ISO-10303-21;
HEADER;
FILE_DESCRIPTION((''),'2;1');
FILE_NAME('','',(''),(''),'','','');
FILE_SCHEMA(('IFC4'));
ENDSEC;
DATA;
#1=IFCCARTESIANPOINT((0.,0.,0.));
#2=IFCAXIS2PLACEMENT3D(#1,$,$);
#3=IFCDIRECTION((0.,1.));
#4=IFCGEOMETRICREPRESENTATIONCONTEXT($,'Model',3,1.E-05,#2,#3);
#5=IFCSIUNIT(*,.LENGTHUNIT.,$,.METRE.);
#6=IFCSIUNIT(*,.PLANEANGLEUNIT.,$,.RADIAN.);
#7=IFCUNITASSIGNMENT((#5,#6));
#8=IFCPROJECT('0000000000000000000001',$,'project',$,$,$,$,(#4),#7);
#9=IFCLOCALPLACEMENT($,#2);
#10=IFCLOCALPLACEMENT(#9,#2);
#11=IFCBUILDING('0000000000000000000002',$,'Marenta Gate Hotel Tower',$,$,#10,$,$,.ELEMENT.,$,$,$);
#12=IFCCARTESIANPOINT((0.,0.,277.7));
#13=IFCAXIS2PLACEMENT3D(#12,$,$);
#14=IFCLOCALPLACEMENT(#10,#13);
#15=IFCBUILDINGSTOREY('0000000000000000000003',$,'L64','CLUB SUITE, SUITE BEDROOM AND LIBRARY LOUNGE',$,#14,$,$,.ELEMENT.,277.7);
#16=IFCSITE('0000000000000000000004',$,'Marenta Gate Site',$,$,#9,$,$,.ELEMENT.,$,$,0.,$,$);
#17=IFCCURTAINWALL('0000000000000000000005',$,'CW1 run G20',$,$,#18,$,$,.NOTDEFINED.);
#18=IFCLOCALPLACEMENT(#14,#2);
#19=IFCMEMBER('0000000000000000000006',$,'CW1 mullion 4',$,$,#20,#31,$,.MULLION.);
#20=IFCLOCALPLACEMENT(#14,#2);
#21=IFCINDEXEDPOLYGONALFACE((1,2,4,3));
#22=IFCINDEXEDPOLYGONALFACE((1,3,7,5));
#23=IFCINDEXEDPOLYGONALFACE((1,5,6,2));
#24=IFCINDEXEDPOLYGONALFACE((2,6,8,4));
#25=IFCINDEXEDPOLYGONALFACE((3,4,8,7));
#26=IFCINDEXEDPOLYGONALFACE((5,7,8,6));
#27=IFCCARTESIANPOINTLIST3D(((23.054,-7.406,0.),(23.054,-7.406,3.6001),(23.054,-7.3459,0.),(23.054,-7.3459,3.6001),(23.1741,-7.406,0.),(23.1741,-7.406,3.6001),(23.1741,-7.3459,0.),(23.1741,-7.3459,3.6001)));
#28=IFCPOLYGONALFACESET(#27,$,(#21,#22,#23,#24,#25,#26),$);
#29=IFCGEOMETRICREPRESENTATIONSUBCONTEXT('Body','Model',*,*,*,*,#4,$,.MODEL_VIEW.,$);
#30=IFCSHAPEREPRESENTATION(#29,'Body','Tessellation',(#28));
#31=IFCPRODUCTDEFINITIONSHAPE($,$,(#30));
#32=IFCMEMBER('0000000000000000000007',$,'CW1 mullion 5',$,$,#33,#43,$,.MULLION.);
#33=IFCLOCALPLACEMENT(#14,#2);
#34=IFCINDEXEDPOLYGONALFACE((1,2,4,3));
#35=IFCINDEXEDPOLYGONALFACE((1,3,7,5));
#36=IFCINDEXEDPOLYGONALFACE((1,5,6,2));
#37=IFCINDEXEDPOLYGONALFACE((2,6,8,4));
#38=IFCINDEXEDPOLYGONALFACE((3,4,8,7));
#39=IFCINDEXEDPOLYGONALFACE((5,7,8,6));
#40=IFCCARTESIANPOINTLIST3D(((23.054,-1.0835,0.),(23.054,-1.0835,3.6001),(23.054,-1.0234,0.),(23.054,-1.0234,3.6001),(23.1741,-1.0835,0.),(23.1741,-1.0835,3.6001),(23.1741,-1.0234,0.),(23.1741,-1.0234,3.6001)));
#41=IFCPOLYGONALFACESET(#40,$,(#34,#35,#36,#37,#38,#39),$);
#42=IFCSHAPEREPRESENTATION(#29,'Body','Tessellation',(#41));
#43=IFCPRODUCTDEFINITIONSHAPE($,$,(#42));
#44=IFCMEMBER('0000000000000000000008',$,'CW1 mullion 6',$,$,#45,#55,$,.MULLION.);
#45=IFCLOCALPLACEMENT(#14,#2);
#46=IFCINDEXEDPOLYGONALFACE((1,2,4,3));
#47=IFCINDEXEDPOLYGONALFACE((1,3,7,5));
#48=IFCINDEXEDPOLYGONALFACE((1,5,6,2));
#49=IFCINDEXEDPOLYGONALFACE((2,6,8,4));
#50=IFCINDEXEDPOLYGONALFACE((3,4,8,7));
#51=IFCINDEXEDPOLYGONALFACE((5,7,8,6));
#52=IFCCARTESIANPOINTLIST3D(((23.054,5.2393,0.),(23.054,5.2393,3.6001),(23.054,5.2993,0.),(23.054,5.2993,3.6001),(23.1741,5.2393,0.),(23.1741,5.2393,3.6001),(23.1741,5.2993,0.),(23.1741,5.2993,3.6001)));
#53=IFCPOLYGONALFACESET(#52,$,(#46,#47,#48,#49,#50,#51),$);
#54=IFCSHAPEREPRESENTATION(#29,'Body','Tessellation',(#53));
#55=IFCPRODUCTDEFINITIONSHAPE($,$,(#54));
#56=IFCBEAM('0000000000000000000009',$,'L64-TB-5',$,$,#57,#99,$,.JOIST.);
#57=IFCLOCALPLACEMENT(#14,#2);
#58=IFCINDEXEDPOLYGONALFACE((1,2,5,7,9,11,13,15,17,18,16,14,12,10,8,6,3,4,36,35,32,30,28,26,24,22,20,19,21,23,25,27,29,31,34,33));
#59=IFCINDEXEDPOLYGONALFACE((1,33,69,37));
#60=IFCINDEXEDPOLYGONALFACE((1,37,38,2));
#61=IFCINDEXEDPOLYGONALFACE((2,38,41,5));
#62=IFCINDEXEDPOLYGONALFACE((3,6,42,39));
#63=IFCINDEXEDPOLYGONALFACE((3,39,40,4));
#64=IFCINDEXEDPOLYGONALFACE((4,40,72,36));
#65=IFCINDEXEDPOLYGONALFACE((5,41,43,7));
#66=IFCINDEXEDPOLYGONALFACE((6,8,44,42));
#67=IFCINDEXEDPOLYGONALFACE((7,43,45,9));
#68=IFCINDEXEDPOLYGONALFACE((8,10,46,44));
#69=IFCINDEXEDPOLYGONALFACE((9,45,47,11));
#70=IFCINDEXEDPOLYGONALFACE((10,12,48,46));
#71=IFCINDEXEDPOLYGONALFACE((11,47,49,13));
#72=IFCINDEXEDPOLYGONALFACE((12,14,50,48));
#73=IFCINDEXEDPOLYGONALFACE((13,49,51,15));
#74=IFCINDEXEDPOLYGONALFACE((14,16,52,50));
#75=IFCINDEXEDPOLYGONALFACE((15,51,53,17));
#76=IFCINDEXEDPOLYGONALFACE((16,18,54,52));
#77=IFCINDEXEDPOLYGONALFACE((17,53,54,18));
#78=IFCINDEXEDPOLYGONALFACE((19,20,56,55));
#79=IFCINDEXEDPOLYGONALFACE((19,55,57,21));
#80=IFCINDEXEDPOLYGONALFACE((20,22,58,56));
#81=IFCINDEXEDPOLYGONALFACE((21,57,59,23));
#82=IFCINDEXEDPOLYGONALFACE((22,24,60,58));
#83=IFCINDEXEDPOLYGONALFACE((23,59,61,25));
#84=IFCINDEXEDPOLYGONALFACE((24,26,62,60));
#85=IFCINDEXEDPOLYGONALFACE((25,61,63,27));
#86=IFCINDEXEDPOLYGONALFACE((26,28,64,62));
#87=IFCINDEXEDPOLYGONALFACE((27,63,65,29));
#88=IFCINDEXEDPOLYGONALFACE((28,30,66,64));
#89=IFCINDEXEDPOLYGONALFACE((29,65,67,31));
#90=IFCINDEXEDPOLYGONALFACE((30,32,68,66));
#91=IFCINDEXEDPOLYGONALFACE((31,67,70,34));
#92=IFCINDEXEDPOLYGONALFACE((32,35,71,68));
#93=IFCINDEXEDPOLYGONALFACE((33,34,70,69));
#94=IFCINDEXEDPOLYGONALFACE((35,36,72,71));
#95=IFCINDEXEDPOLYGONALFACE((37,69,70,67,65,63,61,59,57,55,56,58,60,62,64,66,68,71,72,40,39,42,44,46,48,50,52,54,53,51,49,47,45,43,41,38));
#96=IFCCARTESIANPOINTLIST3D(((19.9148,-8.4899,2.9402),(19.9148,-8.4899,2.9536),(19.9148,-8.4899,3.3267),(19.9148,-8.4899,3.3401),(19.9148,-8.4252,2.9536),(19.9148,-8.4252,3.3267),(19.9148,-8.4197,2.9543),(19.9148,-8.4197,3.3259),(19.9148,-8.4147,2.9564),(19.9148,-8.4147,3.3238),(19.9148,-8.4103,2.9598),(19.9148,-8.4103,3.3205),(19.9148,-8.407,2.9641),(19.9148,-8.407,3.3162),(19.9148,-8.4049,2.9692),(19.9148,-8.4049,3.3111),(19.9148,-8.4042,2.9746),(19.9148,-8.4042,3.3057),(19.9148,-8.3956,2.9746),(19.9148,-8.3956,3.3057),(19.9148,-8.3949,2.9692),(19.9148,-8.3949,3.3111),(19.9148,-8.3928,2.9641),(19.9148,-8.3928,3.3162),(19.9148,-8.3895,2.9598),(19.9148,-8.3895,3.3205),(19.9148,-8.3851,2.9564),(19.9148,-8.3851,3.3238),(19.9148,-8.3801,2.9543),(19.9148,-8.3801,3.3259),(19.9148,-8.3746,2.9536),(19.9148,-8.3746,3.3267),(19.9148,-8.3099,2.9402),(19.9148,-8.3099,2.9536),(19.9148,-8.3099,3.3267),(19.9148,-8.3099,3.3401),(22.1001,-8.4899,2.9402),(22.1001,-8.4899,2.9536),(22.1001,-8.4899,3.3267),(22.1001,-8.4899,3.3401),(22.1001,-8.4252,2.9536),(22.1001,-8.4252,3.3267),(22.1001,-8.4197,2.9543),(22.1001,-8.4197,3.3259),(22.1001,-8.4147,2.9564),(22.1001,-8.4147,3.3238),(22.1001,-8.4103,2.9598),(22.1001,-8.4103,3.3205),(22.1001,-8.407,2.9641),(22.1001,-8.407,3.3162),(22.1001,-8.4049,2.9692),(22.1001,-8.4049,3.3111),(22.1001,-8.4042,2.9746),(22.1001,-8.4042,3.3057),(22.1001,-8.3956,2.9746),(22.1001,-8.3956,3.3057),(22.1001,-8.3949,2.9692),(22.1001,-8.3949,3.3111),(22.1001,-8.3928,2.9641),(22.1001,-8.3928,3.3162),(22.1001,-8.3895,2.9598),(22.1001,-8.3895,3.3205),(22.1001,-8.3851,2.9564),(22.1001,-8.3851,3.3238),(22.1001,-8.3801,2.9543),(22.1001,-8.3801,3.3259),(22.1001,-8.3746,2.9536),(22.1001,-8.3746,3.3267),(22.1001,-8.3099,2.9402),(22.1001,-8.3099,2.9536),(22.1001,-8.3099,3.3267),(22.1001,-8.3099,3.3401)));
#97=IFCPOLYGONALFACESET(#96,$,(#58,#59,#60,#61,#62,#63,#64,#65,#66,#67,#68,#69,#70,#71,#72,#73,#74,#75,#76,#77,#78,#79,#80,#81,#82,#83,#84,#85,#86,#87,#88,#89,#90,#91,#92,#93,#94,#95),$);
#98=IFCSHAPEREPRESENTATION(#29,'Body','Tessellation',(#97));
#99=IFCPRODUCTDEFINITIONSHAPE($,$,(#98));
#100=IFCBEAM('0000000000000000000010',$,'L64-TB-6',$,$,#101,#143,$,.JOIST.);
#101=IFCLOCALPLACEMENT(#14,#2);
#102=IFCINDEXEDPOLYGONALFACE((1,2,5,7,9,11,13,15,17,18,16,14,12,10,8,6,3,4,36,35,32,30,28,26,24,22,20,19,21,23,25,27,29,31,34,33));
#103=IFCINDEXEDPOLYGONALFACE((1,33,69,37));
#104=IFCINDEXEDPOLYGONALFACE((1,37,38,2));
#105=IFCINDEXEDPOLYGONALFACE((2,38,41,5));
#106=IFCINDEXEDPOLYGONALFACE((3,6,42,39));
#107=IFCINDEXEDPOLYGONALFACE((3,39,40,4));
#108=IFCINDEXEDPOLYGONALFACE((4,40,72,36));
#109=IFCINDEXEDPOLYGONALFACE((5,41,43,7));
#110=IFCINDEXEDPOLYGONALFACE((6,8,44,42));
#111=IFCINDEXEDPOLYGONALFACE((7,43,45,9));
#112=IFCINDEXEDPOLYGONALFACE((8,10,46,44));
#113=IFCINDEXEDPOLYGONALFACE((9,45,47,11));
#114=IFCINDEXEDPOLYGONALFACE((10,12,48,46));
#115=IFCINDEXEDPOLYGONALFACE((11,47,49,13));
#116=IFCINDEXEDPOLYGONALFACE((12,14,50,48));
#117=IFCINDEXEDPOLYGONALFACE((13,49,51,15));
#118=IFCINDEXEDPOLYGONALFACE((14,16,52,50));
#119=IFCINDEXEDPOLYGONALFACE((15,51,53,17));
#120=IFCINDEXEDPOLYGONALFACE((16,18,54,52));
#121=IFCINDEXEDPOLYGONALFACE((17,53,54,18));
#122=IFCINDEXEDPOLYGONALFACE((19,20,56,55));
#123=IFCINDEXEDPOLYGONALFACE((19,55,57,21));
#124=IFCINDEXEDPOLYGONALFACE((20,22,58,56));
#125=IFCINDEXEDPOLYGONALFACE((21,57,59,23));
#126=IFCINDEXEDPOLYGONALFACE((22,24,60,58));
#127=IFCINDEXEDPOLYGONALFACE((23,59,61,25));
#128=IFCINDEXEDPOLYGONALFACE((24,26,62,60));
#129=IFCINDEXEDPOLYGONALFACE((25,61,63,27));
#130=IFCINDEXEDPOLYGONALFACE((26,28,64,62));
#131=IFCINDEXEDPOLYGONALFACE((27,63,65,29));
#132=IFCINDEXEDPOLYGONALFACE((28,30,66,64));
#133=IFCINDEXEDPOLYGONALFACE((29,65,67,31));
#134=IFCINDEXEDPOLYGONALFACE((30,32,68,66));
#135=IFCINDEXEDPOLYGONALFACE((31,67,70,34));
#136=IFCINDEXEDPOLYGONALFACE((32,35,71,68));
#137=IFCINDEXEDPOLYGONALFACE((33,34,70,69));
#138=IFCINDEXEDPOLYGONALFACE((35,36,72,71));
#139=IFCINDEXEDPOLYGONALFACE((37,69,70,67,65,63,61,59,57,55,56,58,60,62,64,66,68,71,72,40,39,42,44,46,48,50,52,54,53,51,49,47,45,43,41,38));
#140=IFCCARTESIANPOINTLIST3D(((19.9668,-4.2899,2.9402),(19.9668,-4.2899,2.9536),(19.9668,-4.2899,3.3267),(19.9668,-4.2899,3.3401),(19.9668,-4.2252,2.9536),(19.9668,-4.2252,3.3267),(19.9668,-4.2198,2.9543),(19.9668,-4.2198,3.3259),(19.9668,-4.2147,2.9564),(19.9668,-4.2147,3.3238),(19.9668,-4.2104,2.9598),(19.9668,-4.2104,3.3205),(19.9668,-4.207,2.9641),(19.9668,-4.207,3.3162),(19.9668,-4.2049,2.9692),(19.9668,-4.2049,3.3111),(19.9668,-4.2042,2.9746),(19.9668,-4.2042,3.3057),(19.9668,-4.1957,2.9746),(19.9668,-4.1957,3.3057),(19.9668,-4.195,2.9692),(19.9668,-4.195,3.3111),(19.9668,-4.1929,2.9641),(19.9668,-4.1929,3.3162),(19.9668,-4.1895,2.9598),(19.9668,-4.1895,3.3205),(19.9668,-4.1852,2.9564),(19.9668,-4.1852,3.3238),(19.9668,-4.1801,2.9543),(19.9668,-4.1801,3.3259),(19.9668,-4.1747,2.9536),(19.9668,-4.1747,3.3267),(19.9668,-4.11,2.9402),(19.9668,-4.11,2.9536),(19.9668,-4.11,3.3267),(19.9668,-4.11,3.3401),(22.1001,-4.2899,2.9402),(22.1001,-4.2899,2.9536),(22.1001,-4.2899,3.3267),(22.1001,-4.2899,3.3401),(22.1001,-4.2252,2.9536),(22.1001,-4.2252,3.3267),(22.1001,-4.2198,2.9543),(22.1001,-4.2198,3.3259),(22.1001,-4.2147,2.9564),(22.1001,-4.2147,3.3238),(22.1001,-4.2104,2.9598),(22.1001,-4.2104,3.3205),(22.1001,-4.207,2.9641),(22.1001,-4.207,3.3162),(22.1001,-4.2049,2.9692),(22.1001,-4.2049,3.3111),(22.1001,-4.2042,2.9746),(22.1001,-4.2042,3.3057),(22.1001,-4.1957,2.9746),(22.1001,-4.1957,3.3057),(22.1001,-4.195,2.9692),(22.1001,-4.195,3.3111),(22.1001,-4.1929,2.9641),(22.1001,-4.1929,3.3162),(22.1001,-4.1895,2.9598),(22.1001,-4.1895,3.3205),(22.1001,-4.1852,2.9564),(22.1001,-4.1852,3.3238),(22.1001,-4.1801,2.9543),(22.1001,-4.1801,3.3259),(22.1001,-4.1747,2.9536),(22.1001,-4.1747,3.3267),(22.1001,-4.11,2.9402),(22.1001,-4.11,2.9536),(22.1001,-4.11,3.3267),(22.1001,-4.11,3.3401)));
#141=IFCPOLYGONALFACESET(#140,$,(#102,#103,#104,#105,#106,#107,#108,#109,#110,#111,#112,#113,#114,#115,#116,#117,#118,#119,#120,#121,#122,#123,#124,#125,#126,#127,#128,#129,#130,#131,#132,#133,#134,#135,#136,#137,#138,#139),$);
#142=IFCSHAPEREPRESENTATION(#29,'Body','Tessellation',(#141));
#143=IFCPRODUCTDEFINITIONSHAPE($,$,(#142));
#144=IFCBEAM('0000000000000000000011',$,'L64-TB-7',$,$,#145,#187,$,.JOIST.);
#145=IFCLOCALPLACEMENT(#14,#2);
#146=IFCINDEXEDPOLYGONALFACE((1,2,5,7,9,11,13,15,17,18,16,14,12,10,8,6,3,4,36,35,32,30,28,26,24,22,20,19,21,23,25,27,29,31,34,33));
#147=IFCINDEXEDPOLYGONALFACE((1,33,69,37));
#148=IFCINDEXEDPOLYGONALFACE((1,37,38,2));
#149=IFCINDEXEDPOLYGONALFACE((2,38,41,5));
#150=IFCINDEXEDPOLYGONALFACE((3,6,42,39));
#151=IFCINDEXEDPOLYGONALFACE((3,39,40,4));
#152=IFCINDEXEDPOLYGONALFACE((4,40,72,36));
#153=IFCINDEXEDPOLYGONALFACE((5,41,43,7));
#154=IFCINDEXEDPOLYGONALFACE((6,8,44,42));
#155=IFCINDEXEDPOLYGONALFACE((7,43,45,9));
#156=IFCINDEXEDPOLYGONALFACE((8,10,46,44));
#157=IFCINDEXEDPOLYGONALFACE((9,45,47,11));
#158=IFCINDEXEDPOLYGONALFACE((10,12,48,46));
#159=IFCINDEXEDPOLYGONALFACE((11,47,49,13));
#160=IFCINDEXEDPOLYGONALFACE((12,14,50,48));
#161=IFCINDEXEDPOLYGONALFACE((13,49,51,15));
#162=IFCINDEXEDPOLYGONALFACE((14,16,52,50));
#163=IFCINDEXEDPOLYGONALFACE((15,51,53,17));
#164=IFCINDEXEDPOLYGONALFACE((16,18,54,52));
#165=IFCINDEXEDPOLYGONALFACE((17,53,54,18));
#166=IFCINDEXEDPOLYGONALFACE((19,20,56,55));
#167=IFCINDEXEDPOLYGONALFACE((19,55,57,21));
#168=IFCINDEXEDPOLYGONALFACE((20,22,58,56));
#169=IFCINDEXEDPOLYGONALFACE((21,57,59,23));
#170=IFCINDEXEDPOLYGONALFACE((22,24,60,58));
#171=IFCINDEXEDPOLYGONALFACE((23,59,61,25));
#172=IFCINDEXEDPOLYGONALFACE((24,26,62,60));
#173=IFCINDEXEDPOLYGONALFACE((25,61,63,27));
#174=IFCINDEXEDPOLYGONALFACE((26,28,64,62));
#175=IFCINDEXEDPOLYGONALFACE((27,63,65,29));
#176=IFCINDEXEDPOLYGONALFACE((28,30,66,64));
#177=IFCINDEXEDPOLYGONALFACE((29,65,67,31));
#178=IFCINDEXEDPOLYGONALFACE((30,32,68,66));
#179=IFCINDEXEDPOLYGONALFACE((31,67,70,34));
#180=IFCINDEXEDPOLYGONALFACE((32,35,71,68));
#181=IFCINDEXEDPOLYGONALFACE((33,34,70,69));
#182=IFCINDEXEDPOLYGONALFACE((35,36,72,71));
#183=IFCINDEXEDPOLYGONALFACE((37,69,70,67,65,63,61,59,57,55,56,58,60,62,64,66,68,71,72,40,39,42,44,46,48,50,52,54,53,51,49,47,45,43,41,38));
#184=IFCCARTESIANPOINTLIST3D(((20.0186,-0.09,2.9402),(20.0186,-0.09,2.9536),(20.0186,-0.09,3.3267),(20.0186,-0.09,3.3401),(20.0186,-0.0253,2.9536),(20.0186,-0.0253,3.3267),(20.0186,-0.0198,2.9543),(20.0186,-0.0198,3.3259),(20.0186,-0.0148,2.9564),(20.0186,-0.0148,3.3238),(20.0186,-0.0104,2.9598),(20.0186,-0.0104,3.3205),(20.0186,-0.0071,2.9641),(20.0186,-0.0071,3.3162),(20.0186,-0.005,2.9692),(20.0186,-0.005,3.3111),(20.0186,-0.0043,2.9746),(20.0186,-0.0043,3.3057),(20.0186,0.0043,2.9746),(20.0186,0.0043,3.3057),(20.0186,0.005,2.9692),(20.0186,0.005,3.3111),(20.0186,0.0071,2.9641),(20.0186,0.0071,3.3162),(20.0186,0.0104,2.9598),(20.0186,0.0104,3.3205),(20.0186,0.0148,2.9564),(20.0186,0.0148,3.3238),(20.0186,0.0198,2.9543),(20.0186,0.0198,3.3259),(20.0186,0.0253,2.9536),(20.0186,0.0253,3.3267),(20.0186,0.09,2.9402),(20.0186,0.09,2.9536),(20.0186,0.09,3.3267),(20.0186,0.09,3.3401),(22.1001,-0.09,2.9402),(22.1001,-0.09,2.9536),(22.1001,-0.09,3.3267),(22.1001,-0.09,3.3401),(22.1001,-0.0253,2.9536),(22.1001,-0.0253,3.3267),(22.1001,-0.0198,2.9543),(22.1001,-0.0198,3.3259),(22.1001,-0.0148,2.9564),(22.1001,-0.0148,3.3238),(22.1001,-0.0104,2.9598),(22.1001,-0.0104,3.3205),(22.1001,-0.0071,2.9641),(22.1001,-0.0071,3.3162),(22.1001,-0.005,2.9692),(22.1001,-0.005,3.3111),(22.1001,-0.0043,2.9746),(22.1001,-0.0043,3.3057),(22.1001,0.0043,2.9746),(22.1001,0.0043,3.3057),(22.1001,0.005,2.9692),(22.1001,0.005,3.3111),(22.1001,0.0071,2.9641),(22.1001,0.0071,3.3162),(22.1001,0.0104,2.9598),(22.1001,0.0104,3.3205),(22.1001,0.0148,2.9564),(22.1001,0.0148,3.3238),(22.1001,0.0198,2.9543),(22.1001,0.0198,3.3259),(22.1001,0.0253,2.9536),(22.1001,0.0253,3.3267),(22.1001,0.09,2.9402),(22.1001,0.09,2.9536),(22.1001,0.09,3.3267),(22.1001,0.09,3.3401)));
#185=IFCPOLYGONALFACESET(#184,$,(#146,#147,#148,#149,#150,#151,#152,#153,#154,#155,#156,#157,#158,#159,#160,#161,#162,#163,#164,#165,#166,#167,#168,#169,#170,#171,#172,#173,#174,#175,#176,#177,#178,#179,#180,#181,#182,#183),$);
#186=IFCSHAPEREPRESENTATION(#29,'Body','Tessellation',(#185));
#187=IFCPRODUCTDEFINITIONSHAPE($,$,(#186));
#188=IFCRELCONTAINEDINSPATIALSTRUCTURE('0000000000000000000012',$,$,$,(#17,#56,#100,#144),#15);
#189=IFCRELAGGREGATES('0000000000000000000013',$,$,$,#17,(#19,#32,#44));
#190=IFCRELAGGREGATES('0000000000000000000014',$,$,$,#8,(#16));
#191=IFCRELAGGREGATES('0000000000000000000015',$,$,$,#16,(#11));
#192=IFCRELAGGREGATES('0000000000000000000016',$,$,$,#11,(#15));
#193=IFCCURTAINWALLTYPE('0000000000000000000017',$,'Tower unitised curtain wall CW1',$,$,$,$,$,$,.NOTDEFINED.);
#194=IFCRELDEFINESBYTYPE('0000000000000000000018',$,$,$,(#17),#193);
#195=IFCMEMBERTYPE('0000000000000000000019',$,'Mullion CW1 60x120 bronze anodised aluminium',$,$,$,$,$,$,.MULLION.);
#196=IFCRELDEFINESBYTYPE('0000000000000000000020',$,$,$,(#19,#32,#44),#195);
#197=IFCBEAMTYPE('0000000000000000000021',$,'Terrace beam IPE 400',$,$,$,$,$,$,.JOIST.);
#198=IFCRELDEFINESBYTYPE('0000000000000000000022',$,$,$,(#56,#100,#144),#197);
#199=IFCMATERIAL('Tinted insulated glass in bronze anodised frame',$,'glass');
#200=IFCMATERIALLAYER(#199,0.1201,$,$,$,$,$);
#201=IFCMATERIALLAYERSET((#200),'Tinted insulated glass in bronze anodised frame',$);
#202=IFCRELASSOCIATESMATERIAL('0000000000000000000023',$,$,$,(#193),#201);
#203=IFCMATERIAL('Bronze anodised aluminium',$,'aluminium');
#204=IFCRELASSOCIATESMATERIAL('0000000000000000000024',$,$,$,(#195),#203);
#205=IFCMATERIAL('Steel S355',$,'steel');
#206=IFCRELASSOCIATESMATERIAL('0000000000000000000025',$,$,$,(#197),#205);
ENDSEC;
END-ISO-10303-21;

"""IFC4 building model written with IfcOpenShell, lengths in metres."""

from ifc_helpers import new_model, si_unit, direction, frame, origin, origin_2d, place, context, subcontext, project, spatial, rectangle, i_section, extrude, material, layer, layer_set, material_profile, profile_set, type_object, element, aggregate, save


model = new_model("IFC4")

# Units and contexts
model_context = context("Model", 3, precision=1e-05, world=origin(), true_north=direction((0.0, 1.0)))
body_context = subcontext(model_context, "Body", "Model", "MODEL_VIEW")
ifc_project = project(units=[si_unit("LENGTHUNIT", "METRE"), si_unit("PLANEANGLEUNIT", "RADIAN")], contexts=[model_context])

# Site, building, storey
site_placement = place(None, origin())
site = spatial("IfcSite", under=ifc_project, at=site_placement, Name="Marenta Gate Site", CompositionType="ELEMENT", RefElevation=0.0)
building_placement = place(site_placement, origin())
building = spatial("IfcBuilding", under=site, at=building_placement, Name="Marenta Gate Hotel Tower", CompositionType="ELEMENT")
storey_placement = place(building_placement, frame((0.0, 0.0, 277.7)))
storey = spatial("IfcBuildingStorey", under=building, at=storey_placement, Name="L64", Description="CLUB SUITE, SUITE BEDROOM AND LIBRARY LOUNGE", CompositionType="ELEMENT", Elevation=277.7)

# Curtain wall, members
ifc_material_1 = material(Name="Tinted insulated glass in bronze anodised frame", Category="glass")
ifc_layer_1 = layer(ifc_material_1, 0.1201)
ifc_layer_set_1 = layer_set([ifc_layer_1], Name="Tinted insulated glass in bronze anodised frame")
curtain_wall_type = type_object("IfcCurtainWallType", Name="Tower unitised curtain wall CW1", PredefinedType="NOTDEFINED", material=ifc_layer_set_1)
curtain_wall_placement = place(storey_placement, origin())
curtain_wall = element("IfcCurtainWall", 1, at=curtain_wall_placement, inside=storey, type_object=curtain_wall_type, Name="CW1 run G20", PredefinedType="NOTDEFINED")
ifc_material_2 = material(Name="Bronze anodised aluminium", Category="aluminium")
ifc_material_profile_1 = material_profile(ifc_material_2, rectangle(XDim=0.1201, YDim=0.0601, at=origin_2d()), Name="Mullion CW1 60x120 bronze anodised aluminium")
ifc_profile_set_1 = profile_set([ifc_material_profile_1], Name="Bronze anodised aluminium")
member_type_1 = type_object("IfcMemberType", Name="Mullion CW1 60x120 bronze anodised aluminium", PredefinedType="MULLION", material=ifc_profile_set_1)
member_1_placement = place(storey_placement, frame((23.114, -7.376, 0.0), z_axis=(0.0, 0.0, 1.0), x_axis=(-1.0, 0.0, 0.0)))
member_1 = element("IfcMember", 2, at=member_1_placement, type_object=member_type_1, Name="CW1 mullion 4", PredefinedType="MULLION", context=body_context, shape_type="SweptSolid", body=[
    extrude(rectangle(XDim=0.1201, YDim=0.0601, at=origin_2d()), origin(), (0.0, 0.0, 1.0), 3.6001),
])
member_2_placement = place(storey_placement, frame((23.114, -1.0535, 0.0), z_axis=(0.0, 0.0, 1.0), x_axis=(-1.0, 0.0, 0.0)))
member_2 = element("IfcMember", 3, at=member_2_placement, type_object=member_type_1, Name="CW1 mullion 5", PredefinedType="MULLION", context=body_context, shape_type="SweptSolid", body=[
    extrude(rectangle(XDim=0.1201, YDim=0.0601, at=origin_2d()), origin(), (0.0, 0.0, 1.0), 3.6001),
])
member_3_placement = place(storey_placement, frame((23.114, 5.2693, 0.0), z_axis=(0.0, 0.0, 1.0), x_axis=(-1.0, 0.0, 0.0)))
member_3 = element("IfcMember", 4, at=member_3_placement, type_object=member_type_1, Name="CW1 mullion 6", PredefinedType="MULLION", context=body_context, shape_type="SweptSolid", body=[
    extrude(rectangle(XDim=0.1201, YDim=0.0601, at=origin_2d()), origin(), (0.0, 0.0, 1.0), 3.6001),
])

# Beams
ifc_material_3 = material(Name="Steel S355", Category="steel")
ifc_material_profile_2 = material_profile(ifc_material_3, i_section(OverallWidth=0.1799, OverallDepth=0.3999, WebThickness=0.0085, FlangeThickness=0.0134, FilletRadius=0.021, at=origin_2d()), Name="IPE 400")
ifc_profile_set_2 = profile_set([ifc_material_profile_2], Name="Steel S355")
beam_type_1 = type_object("IfcBeamType", Name="Terrace beam IPE 400", PredefinedType="JOIST", material=ifc_profile_set_2)
beam_1_placement = place(storey_placement, frame((19.9148, -8.3999, 3.1401), z_axis=(1.0, 0.0, 0.0), x_axis=(0.0, 1.0, 0.0)))
element("IfcBeam", 5, at=beam_1_placement, inside=storey, type_object=beam_type_1, Name="L64-TB-5", PredefinedType="JOIST", context=body_context, shape_type="SweptSolid", body=[
    extrude(i_section(OverallWidth=0.1799, OverallDepth=0.3999, WebThickness=0.0085, FlangeThickness=0.0134, FilletRadius=0.021, at=origin_2d()), origin(), (0.0, 0.0, 1.0), 2.1853),
])
beam_2_placement = place(storey_placement, frame((19.9668, -4.2, 3.1401), z_axis=(1.0, 0.0, 0.0), x_axis=(0.0, 1.0, 0.0)))
element("IfcBeam", 6, at=beam_2_placement, inside=storey, type_object=beam_type_1, Name="L64-TB-6", PredefinedType="JOIST", context=body_context, shape_type="SweptSolid", body=[
    extrude(i_section(OverallWidth=0.1799, OverallDepth=0.3999, WebThickness=0.0085, FlangeThickness=0.0134, FilletRadius=0.021, at=origin_2d()), origin(), (0.0, 0.0, 1.0), 2.1333),
])
beam_3_placement = place(storey_placement, frame((20.0186, 0.0, 3.1401), z_axis=(1.0, 0.0, 0.0), x_axis=(0.0, 1.0, 0.0)))
element("IfcBeam", 7, at=beam_3_placement, inside=storey, type_object=beam_type_1, Name="L64-TB-7", PredefinedType="JOIST", context=body_context, shape_type="SweptSolid", body=[
    extrude(i_section(OverallWidth=0.1799, OverallDepth=0.3999, WebThickness=0.0085, FlangeThickness=0.0134, FilletRadius=0.021, at=origin_2d()), origin(), (0.0, 0.0, 1.0), 2.0815),
])

aggregate(curtain_wall, [member_1, member_2, member_3])

save(model, "model.ifc")
